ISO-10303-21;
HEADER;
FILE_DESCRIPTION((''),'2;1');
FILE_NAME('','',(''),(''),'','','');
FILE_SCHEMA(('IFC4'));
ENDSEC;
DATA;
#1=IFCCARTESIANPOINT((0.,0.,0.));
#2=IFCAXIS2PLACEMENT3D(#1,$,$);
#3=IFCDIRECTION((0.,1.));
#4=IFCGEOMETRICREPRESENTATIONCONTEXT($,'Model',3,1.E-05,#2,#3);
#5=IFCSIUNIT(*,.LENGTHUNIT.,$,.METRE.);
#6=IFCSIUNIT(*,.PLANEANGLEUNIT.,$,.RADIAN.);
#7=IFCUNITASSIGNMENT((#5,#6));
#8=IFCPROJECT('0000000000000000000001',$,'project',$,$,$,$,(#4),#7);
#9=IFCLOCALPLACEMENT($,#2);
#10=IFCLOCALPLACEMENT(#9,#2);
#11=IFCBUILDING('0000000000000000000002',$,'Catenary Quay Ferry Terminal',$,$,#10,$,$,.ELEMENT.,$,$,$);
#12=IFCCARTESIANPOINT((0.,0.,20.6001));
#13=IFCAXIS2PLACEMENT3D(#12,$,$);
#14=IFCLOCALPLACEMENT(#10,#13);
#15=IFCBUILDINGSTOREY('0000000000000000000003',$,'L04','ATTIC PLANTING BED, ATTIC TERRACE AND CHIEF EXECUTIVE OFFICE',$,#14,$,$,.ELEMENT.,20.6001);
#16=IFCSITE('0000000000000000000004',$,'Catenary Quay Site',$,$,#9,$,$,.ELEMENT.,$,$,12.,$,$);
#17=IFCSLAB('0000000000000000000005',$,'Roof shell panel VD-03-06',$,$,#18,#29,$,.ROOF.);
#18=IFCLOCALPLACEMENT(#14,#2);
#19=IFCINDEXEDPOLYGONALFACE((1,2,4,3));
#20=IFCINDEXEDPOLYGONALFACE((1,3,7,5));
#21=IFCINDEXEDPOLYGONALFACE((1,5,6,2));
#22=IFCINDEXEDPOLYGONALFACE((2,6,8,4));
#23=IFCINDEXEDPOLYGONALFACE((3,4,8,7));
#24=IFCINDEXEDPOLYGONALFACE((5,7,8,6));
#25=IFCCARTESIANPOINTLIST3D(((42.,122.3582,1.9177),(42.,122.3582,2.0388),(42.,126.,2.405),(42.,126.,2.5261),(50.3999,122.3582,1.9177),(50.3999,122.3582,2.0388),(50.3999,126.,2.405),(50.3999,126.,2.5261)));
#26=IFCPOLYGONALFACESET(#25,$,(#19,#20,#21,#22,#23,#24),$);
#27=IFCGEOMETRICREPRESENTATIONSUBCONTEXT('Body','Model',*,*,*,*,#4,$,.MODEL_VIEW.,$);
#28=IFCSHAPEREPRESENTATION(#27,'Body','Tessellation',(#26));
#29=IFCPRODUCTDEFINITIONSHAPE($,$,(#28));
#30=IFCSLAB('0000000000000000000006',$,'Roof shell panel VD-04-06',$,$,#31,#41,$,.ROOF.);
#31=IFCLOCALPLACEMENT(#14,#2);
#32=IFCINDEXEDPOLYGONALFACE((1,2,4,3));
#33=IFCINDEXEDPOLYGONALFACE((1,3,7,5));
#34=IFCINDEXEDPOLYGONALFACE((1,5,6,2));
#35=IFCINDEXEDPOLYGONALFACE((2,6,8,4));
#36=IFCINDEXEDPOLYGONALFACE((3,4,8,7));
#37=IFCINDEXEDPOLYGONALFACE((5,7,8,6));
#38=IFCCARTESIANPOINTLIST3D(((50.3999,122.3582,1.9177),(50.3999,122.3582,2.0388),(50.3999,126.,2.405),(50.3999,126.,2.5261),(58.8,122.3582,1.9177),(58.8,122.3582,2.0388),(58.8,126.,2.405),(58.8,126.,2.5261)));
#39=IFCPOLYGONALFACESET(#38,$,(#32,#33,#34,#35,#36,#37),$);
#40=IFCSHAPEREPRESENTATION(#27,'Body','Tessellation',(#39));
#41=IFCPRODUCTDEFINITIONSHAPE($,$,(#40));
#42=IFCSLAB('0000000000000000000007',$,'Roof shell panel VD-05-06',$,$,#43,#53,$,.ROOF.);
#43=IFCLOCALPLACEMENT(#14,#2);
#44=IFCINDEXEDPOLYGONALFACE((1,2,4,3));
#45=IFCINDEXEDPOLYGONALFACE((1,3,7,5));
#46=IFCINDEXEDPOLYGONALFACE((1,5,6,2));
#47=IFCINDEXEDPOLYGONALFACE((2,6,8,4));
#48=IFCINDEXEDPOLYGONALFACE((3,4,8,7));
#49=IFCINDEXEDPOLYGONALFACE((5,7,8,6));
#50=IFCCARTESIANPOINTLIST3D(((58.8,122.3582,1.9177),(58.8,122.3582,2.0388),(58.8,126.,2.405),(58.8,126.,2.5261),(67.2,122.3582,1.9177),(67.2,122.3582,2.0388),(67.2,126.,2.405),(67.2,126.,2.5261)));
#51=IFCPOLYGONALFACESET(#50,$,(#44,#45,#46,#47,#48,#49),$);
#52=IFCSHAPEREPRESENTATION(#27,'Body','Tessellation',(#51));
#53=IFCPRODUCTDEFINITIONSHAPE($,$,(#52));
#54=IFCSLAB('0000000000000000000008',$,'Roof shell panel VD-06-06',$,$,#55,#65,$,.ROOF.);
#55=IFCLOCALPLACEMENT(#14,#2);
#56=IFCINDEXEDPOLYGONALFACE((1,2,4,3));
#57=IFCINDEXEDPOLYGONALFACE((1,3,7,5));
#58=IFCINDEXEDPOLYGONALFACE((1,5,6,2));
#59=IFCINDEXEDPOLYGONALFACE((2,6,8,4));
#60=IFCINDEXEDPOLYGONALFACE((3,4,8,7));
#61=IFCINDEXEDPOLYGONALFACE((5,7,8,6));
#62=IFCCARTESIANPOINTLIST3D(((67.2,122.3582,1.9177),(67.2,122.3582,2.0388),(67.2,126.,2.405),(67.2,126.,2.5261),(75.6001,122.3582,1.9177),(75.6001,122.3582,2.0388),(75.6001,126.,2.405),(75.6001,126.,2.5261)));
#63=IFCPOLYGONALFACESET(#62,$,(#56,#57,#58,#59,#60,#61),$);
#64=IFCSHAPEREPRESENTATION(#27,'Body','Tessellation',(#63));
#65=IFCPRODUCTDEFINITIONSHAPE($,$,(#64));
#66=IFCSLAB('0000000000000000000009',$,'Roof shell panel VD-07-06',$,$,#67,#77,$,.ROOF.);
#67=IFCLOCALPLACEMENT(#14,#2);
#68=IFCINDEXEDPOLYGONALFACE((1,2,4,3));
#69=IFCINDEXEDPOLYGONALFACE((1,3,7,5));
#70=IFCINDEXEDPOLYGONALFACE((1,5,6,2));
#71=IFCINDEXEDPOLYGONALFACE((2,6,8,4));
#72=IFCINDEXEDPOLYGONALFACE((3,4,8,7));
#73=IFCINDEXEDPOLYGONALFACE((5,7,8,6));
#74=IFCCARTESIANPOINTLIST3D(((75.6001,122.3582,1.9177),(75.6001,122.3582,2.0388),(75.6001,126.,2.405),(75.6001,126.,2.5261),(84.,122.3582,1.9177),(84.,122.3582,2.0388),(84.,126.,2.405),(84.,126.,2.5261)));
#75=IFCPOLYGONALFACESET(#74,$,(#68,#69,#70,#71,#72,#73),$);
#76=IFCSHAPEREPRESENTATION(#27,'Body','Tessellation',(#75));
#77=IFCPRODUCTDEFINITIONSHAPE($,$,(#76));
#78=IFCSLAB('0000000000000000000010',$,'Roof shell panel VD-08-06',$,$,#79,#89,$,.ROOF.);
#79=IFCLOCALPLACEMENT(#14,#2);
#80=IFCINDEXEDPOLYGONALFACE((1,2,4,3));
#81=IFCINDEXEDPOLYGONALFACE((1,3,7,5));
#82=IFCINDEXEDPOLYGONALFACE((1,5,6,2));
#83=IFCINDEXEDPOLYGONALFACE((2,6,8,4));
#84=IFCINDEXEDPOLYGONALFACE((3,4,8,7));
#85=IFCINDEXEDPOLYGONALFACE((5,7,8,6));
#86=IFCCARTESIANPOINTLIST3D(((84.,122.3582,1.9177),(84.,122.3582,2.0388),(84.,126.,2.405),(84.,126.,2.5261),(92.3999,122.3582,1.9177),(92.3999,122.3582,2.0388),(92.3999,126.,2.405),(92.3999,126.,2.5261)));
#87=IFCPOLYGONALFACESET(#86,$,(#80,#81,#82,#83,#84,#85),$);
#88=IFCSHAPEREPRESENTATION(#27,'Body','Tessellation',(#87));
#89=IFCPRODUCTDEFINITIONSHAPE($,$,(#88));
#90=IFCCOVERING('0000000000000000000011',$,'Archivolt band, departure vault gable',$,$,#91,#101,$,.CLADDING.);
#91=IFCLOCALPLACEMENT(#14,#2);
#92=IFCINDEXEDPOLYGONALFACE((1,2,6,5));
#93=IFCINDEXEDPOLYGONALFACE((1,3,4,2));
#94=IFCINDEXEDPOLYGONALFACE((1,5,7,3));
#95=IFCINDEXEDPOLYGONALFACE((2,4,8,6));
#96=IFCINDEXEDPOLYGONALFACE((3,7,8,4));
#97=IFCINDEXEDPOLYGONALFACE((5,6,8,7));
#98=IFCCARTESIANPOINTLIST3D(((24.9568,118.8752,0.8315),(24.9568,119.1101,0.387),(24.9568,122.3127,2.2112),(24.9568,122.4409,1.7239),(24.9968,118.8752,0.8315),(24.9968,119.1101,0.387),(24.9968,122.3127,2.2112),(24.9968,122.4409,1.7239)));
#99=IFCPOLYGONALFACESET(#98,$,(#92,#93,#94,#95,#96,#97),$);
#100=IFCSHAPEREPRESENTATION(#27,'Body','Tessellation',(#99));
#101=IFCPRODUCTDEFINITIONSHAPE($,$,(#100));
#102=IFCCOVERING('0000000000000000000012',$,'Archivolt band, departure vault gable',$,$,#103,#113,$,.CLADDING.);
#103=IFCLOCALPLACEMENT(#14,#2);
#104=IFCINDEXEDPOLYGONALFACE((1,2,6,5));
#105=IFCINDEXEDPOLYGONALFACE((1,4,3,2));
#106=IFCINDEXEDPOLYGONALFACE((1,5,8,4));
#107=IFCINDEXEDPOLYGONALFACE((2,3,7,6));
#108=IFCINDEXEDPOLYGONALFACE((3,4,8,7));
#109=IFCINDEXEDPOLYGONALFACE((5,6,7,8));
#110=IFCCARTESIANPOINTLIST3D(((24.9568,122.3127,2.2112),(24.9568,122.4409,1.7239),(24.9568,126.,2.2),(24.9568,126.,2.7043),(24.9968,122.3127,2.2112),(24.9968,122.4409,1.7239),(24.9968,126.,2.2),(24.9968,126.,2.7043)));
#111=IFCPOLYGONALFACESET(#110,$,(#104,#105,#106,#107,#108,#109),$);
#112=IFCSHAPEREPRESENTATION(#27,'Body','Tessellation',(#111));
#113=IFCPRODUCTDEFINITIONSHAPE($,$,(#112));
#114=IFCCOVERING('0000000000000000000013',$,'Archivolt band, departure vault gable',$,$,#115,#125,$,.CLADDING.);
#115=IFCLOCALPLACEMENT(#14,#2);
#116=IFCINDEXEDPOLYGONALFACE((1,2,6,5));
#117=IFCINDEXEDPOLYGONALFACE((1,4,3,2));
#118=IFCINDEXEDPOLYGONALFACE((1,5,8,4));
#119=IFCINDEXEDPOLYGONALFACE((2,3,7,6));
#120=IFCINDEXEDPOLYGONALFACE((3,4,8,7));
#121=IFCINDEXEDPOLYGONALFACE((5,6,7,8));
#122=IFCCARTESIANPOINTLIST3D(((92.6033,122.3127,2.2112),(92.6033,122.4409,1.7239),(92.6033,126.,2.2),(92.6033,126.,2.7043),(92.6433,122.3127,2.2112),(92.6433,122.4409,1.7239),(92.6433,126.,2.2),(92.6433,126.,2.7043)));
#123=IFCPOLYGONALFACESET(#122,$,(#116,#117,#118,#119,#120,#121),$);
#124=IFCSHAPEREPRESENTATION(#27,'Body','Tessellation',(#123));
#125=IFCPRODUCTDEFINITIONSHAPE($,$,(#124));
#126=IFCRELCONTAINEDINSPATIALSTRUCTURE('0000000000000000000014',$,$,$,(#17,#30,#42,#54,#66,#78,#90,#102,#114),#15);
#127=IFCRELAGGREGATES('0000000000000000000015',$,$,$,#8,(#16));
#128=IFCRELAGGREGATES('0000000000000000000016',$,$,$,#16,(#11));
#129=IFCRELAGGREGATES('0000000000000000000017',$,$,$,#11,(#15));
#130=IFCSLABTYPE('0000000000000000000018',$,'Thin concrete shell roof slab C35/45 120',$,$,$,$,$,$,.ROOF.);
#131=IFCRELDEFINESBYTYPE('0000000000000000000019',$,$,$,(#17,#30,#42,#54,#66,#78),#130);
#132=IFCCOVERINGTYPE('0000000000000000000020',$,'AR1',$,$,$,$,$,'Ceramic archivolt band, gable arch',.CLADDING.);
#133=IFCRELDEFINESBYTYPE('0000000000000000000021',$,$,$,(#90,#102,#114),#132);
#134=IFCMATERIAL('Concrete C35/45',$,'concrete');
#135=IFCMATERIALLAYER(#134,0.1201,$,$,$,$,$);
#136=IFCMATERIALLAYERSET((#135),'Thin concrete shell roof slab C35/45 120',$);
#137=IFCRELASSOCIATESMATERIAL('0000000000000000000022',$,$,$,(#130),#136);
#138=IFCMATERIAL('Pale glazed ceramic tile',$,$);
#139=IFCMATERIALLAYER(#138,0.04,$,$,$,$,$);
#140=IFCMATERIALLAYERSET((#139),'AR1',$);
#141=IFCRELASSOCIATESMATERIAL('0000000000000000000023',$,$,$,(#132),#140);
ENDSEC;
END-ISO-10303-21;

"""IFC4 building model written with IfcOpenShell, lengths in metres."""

from ifc_helpers import new_model, si_unit, direction, frame, origin, place, context, subcontext, project, spatial, polyline, outline, extrude, material, layer, layer_set, type_object, element, save


model = new_model("IFC4")

# Units and contexts
model_context = context("Model", 3, precision=1e-05, world=origin(), true_north=direction((0.0, 1.0)))
body_context = subcontext(model_context, "Body", "Model", "MODEL_VIEW")
ifc_project = project(units=[si_unit("LENGTHUNIT", "METRE"), si_unit("PLANEANGLEUNIT", "RADIAN")], contexts=[model_context])

# Site, building, storey
site_placement = place(None, origin())
site = spatial("IfcSite", under=ifc_project, at=site_placement, Name="Catenary Quay Site", CompositionType="ELEMENT", RefElevation=12.0)
building_placement = place(site_placement, origin())
building = spatial("IfcBuilding", under=site, at=building_placement, Name="Catenary Quay Ferry Terminal", CompositionType="ELEMENT")
storey_placement = place(building_placement, frame((0.0, 0.0, 20.6001)))
storey = spatial("IfcBuildingStorey", under=building, at=storey_placement, Name="L04", Description="ATTIC PLANTING BED, ATTIC TERRACE AND CHIEF EXECUTIVE OFFICE", CompositionType="ELEMENT", Elevation=20.6001)

# Slabs
ifc_material_1 = material(Name="Concrete C35/45", Category="concrete")
ifc_layer_1 = layer(ifc_material_1, 0.1201)
ifc_layer_set_1 = layer_set([ifc_layer_1], Name="Thin concrete shell roof slab C35/45 120")
slab_type = type_object("IfcSlabType", Name="Thin concrete shell roof slab C35/45 120", PredefinedType="ROOF", material=ifc_layer_set_1)
for number, where, z_axis, x_axis, name in (
    (1, (42.0, 122.3582, 2.0388), (0.0, -0.132625, 0.991166), (1.0, 0.0, 0.0), "Roof shell panel VD-03-06"),
):
    element("IfcSlab", number, at=place(storey_placement, frame(where, z_axis=z_axis, x_axis=x_axis)), inside=storey, type_object=slab_type, Name=name, PredefinedType="ROOF", context=body_context, shape_type="SweptSolid", body=[
        extrude(outline(polyline([(0.0, 0.0), (8.3999, 0.0), (8.3999, 3.6743), (0.0, 3.6743), (0.0, 0.0)])), origin(), (0.0, -0.132625, -0.991166), 0.1211),
    ])
slab_1_placement = place(storey_placement, frame((50.3999, 122.3582, 2.0388), z_axis=(0.0, -0.132625, 0.991166), x_axis=(1.0, 0.0, 0.0)))
element("IfcSlab", 2, at=slab_1_placement, inside=storey, type_object=slab_type, Name="Roof shell panel VD-04-06", PredefinedType="ROOF", context=body_context, shape_type="SweptSolid", body=[
    extrude(outline(polyline([(0.0, 0.0), (8.4001, 0.0), (8.4001, 3.6743), (0.0, 3.6743), (0.0, 0.0)])), origin(), (0.0, -0.132625, -0.991166), 0.1211),
])
slab_2_placement = place(storey_placement, frame((58.8, 122.3582, 2.0388), z_axis=(0.0, -0.132625, 0.991166), x_axis=(1.0, 0.0, 0.0)))
element("IfcSlab", 3, at=slab_2_placement, inside=storey, type_object=slab_type, Name="Roof shell panel VD-05-06", PredefinedType="ROOF", context=body_context, shape_type="SweptSolid", body=[
    extrude(outline(polyline([(0.0, 0.0), (8.3999, 0.0), (8.3999, 3.6743), (0.0, 3.6743), (0.0, 0.0)])), origin(), (0.0, -0.132625, -0.991166), 0.1211),
])
slab_3_placement = place(storey_placement, frame((67.2, 122.3582, 2.0388), z_axis=(0.0, -0.132625, 0.991166), x_axis=(1.0, 0.0, 0.0)))
element("IfcSlab", 4, at=slab_3_placement, inside=storey, type_object=slab_type, Name="Roof shell panel VD-06-06", PredefinedType="ROOF", context=body_context, shape_type="SweptSolid", body=[
    extrude(outline(polyline([(0.0, 0.0), (8.4001, 0.0), (8.4001, 3.6743), (0.0, 3.6743), (0.0, 0.0)])), origin(), (0.0, -0.132625, -0.991166), 0.1211),
])
for number, where, z_axis, x_axis, name in (
    (5, (75.6001, 122.3582, 2.0388), (0.0, -0.132625, 0.991166), (1.0, 0.0, 0.0), "Roof shell panel VD-07-06"),
    (6, (84.0, 122.3582, 2.0388), (0.0, -0.132625, 0.991166), (1.0, 0.0, 0.0), "Roof shell panel VD-08-06"),
):
    element("IfcSlab", number, at=place(storey_placement, frame(where, z_axis=z_axis, x_axis=x_axis)), inside=storey, type_object=slab_type, Name=name, PredefinedType="ROOF", context=body_context, shape_type="SweptSolid", body=[
        extrude(outline(polyline([(0.0, 0.0), (8.3999, 0.0), (8.3999, 3.6743), (0.0, 3.6743), (0.0, 0.0)])), origin(), (0.0, -0.132625, -0.991166), 0.1211),
    ])

# Coverings
ifc_material_2 = material(Name="Pale glazed ceramic tile")
ifc_layer_2 = layer(ifc_material_2, 0.04)
ifc_layer_set_2 = layer_set([ifc_layer_2], Name="AR1")
covering_type = type_object("IfcCoveringType", Name="AR1", ElementType="Ceramic archivolt band, gable arch", PredefinedType="CLADDING", material=ifc_layer_set_2)
covering_1_placement = place(storey_placement, frame((24.9968, 119.1101, 0.387), z_axis=(1.0, 0.0, 0.0), x_axis=(0.0, 0.928035, 0.372493)))
element("IfcCovering", 7, at=covering_1_placement, inside=storey, type_object=covering_type, Name="Archivolt band, departure vault gable", PredefinedType="CLADDING", context=body_context, shape_type="SweptSolid", body=[
    extrude(outline(polyline([(0.0, 0.0), (3.5891, 0.0), (3.6517, 0.5), (-0.0524, 0.5001), (0.0, 0.0)])), origin(), (0.0, 0.0, -1.0), 0.04),
])
covering_2_placement = place(storey_placement, frame((24.9968, 122.4409, 1.7239), z_axis=(1.0, 0.0, 0.0), x_axis=(0.0, 0.991172, 0.132582)))
element("IfcCovering", 8, at=covering_2_placement, inside=storey, type_object=covering_type, Name="Archivolt band, departure vault gable", PredefinedType="CLADDING", context=body_context, shape_type="SweptSolid", body=[
    extrude(outline(polyline([(0.0, 0.0), (3.5908, 0.0), (3.6577, 0.4999), (-0.0624, 0.5), (0.0, 0.0)])), origin(), (0.0, 0.0, -1.0), 0.04),
])
covering_3_placement = place(storey_placement, frame((92.6033, 122.3127, 2.2112), z_axis=(-1.0, 0.0, 0.0), x_axis=(0.0, 0.991174, 0.132568)))
element("IfcCovering", 9, at=covering_3_placement, inside=storey, type_object=covering_type, Name="Archivolt band, departure vault gable", PredefinedType="CLADDING", context=body_context, shape_type="SweptSolid", body=[
    extrude(outline(polyline([(0.0, 0.0), (3.7201, 0.0), (3.6532, 0.4999), (0.0624, 0.5), (0.0, 0.0)])), origin(), (0.0, 0.0, -1.0), 0.04),
])

save(model, "model.ifc")
